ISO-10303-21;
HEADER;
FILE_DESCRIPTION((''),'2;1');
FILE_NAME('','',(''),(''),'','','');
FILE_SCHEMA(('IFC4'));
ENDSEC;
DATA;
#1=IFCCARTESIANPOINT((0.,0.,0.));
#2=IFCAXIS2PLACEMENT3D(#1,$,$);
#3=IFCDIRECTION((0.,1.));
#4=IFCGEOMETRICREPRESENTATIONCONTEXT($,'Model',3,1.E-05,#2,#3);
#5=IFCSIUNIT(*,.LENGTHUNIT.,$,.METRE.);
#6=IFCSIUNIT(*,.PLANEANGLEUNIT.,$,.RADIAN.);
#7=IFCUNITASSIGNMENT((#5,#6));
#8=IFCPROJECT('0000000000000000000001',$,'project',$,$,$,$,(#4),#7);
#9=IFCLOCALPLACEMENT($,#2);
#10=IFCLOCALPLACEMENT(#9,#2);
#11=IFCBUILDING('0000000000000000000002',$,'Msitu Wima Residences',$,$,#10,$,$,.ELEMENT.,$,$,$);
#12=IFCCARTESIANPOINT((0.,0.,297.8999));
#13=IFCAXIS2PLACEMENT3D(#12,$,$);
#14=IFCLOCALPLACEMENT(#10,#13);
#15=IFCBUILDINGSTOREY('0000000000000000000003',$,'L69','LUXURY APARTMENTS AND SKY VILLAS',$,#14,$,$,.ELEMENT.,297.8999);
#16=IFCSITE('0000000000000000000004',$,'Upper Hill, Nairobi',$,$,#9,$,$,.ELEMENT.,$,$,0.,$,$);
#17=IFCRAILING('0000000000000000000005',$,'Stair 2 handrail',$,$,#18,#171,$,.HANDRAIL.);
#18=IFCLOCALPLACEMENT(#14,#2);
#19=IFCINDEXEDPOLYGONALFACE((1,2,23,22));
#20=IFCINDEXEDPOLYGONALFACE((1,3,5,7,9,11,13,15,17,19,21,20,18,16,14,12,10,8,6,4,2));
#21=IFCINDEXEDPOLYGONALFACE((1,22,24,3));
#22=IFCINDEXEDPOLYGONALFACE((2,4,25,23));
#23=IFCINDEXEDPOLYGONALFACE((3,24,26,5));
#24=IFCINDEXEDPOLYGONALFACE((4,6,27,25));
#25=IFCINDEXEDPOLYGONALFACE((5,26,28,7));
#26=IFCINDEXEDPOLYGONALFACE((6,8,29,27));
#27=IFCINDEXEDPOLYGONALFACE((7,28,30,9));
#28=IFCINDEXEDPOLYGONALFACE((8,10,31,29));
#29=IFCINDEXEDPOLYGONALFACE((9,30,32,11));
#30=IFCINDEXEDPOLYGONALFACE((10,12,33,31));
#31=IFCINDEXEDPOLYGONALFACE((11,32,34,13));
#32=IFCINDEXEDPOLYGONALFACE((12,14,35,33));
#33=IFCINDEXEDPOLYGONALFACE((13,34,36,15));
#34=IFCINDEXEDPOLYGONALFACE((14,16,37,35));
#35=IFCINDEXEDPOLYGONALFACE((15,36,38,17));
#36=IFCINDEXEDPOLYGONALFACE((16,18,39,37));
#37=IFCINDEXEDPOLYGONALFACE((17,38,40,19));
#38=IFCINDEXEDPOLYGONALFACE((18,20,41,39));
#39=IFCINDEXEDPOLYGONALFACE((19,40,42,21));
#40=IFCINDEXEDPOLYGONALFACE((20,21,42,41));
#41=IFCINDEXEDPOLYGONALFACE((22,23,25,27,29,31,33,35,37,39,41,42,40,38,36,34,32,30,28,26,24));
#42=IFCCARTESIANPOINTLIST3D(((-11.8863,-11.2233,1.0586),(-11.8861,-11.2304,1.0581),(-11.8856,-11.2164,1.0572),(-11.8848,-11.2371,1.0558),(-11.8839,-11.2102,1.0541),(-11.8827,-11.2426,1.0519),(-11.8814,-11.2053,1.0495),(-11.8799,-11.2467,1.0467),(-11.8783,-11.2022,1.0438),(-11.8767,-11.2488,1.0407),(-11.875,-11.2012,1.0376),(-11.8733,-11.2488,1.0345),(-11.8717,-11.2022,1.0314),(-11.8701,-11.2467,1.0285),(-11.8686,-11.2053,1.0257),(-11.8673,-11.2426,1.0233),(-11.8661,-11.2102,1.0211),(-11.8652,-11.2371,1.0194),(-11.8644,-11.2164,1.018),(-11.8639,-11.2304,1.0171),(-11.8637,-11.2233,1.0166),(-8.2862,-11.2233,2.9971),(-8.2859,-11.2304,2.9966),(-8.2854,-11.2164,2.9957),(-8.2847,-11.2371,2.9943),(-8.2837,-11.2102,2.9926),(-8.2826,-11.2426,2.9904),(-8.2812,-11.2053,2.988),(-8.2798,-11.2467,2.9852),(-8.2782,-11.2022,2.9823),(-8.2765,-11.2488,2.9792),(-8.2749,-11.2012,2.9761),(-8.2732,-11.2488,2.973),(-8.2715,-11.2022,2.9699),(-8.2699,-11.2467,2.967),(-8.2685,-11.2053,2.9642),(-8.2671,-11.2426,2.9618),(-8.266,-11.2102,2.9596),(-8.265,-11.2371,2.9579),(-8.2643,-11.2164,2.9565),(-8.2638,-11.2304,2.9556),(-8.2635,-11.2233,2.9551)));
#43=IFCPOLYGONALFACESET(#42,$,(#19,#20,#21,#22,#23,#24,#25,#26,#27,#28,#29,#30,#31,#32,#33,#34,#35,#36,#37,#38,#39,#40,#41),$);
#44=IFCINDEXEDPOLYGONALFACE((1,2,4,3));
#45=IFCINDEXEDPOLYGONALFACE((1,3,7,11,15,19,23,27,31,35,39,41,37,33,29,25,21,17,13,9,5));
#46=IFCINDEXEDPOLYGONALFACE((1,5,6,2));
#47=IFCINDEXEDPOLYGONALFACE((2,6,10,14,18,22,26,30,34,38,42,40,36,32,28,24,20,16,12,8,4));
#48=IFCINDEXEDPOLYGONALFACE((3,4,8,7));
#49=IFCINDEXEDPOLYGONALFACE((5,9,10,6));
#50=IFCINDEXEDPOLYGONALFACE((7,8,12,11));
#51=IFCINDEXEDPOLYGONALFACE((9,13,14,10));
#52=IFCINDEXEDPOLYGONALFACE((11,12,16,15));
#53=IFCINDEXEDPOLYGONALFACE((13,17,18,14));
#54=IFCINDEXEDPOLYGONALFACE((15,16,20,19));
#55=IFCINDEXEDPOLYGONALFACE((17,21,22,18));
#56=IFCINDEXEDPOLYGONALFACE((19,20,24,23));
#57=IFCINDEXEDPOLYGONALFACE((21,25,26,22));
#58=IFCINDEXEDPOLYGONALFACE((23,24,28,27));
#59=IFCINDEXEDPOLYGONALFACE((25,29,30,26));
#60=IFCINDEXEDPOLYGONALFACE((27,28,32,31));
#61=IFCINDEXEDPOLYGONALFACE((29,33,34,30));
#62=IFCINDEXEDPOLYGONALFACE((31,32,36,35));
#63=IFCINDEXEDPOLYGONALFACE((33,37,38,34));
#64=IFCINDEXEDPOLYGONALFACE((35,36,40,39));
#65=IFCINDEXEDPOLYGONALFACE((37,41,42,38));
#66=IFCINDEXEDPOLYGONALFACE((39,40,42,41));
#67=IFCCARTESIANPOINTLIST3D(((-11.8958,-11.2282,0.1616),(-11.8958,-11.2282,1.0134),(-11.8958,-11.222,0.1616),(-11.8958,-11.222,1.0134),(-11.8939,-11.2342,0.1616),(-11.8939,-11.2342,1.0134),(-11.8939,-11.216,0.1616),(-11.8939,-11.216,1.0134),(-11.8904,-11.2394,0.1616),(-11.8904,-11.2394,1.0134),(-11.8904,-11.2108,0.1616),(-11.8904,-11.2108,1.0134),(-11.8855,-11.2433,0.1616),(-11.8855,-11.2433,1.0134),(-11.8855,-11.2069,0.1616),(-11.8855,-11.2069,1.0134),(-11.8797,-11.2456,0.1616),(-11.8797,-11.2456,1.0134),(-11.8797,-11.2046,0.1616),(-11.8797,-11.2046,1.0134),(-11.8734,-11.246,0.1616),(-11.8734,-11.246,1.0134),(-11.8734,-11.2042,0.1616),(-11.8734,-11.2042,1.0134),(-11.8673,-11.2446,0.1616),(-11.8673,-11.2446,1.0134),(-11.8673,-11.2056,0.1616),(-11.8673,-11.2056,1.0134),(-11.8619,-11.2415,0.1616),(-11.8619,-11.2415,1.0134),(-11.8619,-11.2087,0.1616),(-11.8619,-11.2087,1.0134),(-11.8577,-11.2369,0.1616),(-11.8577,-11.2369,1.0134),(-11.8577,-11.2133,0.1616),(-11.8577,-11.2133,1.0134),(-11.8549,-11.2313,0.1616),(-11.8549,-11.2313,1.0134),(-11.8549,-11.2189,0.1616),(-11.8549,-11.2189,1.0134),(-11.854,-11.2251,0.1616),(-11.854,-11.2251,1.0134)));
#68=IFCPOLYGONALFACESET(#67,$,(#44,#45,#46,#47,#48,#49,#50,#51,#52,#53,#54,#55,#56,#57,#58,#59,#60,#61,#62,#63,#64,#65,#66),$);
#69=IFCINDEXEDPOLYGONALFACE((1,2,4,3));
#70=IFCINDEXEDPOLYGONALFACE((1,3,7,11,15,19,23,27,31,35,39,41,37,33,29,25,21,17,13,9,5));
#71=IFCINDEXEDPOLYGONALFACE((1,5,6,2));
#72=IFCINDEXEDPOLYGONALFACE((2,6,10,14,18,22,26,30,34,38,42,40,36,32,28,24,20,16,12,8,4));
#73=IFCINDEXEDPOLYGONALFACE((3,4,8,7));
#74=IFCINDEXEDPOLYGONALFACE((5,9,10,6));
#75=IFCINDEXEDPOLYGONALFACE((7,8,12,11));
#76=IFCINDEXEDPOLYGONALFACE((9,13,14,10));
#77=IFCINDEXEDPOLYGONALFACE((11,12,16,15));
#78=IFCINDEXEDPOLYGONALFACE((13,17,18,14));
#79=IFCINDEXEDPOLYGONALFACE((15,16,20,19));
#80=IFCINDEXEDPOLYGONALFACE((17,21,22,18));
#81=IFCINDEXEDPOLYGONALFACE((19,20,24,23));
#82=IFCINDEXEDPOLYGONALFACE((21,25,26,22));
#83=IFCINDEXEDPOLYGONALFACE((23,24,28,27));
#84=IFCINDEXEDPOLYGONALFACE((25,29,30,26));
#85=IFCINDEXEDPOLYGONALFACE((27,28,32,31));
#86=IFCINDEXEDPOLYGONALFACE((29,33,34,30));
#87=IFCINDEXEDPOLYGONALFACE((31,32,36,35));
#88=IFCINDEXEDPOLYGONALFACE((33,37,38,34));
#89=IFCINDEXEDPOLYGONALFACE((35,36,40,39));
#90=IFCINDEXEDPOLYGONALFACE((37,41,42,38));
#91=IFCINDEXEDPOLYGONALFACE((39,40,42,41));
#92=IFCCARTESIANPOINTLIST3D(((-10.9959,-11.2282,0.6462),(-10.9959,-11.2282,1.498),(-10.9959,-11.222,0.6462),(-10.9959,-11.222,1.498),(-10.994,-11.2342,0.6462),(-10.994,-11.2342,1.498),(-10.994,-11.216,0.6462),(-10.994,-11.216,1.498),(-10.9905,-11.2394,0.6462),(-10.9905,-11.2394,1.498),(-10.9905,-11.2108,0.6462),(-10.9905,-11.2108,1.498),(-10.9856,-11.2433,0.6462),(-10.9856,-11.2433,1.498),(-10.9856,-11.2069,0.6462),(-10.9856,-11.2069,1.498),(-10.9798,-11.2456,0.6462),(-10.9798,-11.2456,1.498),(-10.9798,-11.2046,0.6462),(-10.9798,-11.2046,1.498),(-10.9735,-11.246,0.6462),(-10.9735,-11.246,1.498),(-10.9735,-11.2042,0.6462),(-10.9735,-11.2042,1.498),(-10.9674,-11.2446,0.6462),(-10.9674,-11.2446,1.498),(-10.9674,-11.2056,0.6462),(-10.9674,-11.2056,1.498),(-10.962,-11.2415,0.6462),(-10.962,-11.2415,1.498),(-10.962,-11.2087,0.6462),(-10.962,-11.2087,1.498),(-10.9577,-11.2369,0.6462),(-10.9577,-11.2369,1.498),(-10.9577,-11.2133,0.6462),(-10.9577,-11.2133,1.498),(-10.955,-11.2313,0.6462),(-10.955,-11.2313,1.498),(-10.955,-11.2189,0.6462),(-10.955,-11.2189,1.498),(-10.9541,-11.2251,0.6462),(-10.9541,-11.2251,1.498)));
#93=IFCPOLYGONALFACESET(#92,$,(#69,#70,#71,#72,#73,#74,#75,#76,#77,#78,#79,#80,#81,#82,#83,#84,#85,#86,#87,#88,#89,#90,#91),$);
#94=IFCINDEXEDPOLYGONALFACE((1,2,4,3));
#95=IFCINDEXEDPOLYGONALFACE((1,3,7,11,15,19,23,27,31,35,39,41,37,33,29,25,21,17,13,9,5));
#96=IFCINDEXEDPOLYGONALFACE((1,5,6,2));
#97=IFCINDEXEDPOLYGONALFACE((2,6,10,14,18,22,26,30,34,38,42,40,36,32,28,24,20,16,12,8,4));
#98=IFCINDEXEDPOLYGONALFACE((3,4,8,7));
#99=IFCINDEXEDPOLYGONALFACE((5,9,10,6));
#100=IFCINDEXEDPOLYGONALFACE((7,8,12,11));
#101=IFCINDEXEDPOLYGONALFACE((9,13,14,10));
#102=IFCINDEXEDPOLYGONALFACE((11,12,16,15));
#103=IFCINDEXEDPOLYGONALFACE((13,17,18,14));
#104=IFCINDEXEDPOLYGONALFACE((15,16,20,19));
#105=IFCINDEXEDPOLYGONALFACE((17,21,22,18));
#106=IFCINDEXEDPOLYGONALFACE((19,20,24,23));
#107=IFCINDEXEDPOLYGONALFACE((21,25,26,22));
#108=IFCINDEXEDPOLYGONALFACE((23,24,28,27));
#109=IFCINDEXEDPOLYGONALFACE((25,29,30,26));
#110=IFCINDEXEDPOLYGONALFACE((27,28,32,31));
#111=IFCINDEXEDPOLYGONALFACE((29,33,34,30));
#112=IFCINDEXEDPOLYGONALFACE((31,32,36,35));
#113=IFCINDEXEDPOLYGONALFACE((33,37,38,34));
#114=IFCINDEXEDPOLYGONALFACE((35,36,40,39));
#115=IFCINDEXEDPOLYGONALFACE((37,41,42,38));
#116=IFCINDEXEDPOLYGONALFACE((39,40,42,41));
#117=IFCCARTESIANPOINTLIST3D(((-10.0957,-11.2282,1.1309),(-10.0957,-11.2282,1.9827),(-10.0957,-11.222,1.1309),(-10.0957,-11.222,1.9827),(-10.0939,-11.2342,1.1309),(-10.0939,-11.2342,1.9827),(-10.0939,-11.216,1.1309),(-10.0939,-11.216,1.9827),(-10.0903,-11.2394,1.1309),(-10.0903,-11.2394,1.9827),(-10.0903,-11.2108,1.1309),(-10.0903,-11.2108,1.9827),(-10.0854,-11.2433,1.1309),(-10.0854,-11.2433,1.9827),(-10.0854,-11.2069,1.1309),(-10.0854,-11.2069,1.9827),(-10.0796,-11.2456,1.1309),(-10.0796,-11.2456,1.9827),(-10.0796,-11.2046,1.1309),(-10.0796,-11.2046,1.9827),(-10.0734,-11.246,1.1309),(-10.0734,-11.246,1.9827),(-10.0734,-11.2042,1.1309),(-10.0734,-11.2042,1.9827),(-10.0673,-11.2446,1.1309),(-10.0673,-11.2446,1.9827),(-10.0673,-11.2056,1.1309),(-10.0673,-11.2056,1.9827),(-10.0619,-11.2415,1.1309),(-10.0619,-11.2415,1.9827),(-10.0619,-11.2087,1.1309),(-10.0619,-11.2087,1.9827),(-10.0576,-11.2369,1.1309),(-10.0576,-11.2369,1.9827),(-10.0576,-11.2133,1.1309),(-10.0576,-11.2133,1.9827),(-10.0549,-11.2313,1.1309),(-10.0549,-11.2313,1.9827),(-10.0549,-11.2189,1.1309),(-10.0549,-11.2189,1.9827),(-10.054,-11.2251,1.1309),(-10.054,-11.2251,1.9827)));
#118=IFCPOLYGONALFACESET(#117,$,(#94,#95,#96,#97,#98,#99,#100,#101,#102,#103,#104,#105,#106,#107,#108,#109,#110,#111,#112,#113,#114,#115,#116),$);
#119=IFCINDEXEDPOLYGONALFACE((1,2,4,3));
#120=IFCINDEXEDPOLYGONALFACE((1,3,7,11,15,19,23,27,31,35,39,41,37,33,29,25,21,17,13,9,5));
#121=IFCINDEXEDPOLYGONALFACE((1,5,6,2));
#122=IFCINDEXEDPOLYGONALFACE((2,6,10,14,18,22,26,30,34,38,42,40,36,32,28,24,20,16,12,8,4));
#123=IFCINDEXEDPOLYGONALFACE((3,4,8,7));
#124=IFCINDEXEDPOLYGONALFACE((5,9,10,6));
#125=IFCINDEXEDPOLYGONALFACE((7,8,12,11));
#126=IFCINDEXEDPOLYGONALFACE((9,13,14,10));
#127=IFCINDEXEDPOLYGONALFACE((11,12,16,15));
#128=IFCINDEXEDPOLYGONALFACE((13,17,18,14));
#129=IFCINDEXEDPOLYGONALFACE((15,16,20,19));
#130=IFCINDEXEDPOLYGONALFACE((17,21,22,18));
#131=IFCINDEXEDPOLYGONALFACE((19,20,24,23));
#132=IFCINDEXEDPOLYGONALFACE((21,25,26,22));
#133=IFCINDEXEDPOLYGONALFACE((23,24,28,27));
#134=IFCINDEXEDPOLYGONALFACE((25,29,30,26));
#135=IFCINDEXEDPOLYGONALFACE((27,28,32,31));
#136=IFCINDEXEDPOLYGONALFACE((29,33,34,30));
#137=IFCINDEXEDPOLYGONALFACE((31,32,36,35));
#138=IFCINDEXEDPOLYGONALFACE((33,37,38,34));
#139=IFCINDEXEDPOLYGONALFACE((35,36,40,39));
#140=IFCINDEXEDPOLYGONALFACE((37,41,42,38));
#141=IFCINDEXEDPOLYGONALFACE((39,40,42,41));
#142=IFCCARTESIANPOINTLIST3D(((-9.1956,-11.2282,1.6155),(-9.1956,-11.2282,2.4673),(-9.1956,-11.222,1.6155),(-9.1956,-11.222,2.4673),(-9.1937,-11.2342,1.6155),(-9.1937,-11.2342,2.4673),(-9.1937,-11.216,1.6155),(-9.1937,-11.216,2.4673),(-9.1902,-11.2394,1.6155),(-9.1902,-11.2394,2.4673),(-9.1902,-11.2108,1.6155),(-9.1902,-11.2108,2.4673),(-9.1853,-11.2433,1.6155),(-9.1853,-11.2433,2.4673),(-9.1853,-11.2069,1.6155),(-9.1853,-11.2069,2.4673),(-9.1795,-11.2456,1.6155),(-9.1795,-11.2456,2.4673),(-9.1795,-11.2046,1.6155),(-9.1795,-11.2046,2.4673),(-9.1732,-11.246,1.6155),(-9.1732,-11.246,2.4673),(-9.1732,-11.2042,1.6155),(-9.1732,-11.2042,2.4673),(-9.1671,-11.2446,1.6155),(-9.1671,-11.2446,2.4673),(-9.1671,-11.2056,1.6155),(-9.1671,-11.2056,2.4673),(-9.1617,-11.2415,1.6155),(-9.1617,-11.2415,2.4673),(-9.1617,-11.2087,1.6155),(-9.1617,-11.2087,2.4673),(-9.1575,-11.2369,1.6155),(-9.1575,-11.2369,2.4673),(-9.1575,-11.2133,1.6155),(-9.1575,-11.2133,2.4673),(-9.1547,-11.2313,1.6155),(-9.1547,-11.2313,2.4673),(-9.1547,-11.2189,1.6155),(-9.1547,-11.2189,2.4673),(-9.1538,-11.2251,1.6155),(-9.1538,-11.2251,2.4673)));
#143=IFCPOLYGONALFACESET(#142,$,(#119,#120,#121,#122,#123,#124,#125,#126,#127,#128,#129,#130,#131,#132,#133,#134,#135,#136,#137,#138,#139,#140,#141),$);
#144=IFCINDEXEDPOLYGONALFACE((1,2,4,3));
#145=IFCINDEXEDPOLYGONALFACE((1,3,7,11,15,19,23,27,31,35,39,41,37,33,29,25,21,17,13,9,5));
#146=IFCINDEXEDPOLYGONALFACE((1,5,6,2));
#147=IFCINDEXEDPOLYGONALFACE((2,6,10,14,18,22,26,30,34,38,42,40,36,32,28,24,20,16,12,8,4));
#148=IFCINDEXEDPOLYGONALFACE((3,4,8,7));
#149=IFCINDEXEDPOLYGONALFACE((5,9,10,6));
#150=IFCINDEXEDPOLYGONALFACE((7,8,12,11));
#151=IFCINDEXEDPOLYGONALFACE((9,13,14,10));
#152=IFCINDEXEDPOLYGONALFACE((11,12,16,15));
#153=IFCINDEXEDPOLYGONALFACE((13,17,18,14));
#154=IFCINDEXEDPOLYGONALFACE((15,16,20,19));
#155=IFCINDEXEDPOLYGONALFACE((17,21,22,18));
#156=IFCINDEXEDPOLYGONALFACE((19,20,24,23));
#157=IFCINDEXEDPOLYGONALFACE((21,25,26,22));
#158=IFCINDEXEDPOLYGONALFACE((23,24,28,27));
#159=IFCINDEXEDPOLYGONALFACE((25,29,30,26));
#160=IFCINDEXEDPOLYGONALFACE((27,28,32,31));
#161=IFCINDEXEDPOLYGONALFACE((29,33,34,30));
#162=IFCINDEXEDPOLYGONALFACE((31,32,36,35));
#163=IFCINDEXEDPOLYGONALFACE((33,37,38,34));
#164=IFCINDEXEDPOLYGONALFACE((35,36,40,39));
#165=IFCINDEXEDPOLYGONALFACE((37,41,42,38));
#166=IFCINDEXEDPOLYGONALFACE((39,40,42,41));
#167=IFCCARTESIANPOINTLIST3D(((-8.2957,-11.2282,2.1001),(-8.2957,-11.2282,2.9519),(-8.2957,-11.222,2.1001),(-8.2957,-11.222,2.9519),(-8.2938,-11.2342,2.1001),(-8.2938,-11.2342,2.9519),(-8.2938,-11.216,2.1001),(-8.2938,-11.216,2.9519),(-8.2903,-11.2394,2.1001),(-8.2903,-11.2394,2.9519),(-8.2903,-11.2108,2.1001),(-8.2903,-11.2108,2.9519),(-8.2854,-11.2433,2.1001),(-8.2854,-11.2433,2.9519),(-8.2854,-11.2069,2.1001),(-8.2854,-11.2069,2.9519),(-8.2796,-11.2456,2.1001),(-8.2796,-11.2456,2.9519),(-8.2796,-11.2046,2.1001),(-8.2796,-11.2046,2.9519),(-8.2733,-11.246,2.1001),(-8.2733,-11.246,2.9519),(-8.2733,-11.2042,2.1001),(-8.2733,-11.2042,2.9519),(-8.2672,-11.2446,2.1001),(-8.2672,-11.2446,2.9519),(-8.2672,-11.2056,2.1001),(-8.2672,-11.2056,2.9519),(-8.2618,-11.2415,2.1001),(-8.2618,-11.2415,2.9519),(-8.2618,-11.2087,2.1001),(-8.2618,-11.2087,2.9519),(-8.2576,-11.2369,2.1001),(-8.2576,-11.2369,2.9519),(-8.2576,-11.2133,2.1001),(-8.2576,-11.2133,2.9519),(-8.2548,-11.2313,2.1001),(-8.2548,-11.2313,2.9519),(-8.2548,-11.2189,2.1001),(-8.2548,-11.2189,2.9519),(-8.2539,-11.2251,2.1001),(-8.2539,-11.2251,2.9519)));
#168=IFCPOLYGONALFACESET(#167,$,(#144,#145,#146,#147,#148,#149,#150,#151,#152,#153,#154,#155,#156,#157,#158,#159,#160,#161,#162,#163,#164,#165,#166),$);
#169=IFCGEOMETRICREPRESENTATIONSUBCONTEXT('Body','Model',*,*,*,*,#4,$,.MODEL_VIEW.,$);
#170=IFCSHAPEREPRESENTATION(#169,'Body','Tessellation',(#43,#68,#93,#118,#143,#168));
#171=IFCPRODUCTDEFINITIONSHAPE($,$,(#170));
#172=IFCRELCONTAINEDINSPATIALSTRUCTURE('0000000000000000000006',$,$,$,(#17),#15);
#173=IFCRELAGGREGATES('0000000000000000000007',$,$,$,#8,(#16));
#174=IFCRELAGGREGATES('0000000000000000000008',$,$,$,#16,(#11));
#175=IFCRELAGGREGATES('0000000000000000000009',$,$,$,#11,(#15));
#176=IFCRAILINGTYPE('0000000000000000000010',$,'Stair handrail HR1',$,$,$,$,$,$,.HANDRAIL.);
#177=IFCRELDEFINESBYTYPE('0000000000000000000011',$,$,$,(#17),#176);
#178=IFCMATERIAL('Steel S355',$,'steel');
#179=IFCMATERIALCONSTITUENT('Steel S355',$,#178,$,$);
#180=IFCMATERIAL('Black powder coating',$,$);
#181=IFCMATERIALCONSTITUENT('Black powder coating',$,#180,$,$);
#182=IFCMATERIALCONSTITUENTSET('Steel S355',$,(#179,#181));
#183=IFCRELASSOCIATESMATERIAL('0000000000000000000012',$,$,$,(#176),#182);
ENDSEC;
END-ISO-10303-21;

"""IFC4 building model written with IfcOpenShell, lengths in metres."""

from ifc_helpers import new_model, si_unit, direction, frame, origin, origin_2d, place, context, subcontext, project, spatial, circle, extrude, material, constituent, constituent_set, type_object, element, save


model = new_model("IFC4")

# Units and contexts
model_context = context("Model", 3, precision=1e-05, world=origin(), true_north=direction((0.0, 1.0)))
body_context = subcontext(model_context, "Body", "Model", "MODEL_VIEW")
ifc_project = project(units=[si_unit("LENGTHUNIT", "METRE"), si_unit("PLANEANGLEUNIT", "RADIAN")], contexts=[model_context])

# Site, building, storey
site_placement = place(None, origin())
site = spatial("IfcSite", under=ifc_project, at=site_placement, Name="Upper Hill, Nairobi", CompositionType="ELEMENT", RefElevation=0.0)
building_placement = place(site_placement, origin())
building = spatial("IfcBuilding", under=site, at=building_placement, Name="Msitu Wima Residences", CompositionType="ELEMENT")
storey_placement = place(building_placement, frame((0.0, 0.0, 297.8999)))
storey = spatial("IfcBuildingStorey", under=building, at=storey_placement, Name="L69", Description="LUXURY APARTMENTS AND SKY VILLAS", CompositionType="ELEMENT", Elevation=297.8999)

# Railing
ifc_material_1 = material(Name="Steel S355", Category="steel")
ifc_constituent_1 = constituent(ifc_material_1, Name="Steel S355")
ifc_material_2 = material(Name="Black powder coating")
ifc_constituent_2 = constituent(ifc_material_2, Name="Black powder coating")
ifc_constituent_set = constituent_set(constituents=[ifc_constituent_1, ifc_constituent_2], Name="Steel S355")
railing_type = type_object("IfcRailingType", Name="Stair handrail HR1", PredefinedType="HANDRAIL", material=ifc_constituent_set)
for number, where, name in (
    (1, (-11.875, -11.2251, 0.1616), "Stair 2 handrail"),
):
    element("IfcRailing", number, at=place(storey_placement, frame(where)), inside=storey, type_object=railing_type, Name=name, PredefinedType="HANDRAIL", context=body_context, shape_type="SweptSolid", body=[
        extrude(circle(Radius=0.0239, at=origin_2d()), frame((0.0, 0.0, 0.876), z_axis=(0.880475, 0.0, 0.474093), x_axis=(0.0, 1.0, 0.0)), (0.0, 0.0, 1.0), 4.0889),
        extrude(circle(Radius=0.021, at=origin_2d()), origin(), (0.0, 0.0, 1.0), 0.8518),
        extrude(circle(Radius=0.021, at=origin_2d()), frame((0.8999, 0.0, 0.4846)), (0.0, 0.0, 1.0), 0.8518),
        extrude(circle(Radius=0.021, at=origin_2d()), frame((1.8, 0.0, 0.9692)), (0.0, 0.0, 1.0), 0.8518),
        extrude(circle(Radius=0.021, at=origin_2d()), frame((2.7002, 0.0, 1.4539)), (0.0, 0.0, 1.0), 0.8518),
        extrude(circle(Radius=0.021, at=origin_2d()), frame((3.6001, 0.0, 1.9385)), (0.0, 0.0, 1.0), 0.8518),
    ])

save(model, "model.ifc")
